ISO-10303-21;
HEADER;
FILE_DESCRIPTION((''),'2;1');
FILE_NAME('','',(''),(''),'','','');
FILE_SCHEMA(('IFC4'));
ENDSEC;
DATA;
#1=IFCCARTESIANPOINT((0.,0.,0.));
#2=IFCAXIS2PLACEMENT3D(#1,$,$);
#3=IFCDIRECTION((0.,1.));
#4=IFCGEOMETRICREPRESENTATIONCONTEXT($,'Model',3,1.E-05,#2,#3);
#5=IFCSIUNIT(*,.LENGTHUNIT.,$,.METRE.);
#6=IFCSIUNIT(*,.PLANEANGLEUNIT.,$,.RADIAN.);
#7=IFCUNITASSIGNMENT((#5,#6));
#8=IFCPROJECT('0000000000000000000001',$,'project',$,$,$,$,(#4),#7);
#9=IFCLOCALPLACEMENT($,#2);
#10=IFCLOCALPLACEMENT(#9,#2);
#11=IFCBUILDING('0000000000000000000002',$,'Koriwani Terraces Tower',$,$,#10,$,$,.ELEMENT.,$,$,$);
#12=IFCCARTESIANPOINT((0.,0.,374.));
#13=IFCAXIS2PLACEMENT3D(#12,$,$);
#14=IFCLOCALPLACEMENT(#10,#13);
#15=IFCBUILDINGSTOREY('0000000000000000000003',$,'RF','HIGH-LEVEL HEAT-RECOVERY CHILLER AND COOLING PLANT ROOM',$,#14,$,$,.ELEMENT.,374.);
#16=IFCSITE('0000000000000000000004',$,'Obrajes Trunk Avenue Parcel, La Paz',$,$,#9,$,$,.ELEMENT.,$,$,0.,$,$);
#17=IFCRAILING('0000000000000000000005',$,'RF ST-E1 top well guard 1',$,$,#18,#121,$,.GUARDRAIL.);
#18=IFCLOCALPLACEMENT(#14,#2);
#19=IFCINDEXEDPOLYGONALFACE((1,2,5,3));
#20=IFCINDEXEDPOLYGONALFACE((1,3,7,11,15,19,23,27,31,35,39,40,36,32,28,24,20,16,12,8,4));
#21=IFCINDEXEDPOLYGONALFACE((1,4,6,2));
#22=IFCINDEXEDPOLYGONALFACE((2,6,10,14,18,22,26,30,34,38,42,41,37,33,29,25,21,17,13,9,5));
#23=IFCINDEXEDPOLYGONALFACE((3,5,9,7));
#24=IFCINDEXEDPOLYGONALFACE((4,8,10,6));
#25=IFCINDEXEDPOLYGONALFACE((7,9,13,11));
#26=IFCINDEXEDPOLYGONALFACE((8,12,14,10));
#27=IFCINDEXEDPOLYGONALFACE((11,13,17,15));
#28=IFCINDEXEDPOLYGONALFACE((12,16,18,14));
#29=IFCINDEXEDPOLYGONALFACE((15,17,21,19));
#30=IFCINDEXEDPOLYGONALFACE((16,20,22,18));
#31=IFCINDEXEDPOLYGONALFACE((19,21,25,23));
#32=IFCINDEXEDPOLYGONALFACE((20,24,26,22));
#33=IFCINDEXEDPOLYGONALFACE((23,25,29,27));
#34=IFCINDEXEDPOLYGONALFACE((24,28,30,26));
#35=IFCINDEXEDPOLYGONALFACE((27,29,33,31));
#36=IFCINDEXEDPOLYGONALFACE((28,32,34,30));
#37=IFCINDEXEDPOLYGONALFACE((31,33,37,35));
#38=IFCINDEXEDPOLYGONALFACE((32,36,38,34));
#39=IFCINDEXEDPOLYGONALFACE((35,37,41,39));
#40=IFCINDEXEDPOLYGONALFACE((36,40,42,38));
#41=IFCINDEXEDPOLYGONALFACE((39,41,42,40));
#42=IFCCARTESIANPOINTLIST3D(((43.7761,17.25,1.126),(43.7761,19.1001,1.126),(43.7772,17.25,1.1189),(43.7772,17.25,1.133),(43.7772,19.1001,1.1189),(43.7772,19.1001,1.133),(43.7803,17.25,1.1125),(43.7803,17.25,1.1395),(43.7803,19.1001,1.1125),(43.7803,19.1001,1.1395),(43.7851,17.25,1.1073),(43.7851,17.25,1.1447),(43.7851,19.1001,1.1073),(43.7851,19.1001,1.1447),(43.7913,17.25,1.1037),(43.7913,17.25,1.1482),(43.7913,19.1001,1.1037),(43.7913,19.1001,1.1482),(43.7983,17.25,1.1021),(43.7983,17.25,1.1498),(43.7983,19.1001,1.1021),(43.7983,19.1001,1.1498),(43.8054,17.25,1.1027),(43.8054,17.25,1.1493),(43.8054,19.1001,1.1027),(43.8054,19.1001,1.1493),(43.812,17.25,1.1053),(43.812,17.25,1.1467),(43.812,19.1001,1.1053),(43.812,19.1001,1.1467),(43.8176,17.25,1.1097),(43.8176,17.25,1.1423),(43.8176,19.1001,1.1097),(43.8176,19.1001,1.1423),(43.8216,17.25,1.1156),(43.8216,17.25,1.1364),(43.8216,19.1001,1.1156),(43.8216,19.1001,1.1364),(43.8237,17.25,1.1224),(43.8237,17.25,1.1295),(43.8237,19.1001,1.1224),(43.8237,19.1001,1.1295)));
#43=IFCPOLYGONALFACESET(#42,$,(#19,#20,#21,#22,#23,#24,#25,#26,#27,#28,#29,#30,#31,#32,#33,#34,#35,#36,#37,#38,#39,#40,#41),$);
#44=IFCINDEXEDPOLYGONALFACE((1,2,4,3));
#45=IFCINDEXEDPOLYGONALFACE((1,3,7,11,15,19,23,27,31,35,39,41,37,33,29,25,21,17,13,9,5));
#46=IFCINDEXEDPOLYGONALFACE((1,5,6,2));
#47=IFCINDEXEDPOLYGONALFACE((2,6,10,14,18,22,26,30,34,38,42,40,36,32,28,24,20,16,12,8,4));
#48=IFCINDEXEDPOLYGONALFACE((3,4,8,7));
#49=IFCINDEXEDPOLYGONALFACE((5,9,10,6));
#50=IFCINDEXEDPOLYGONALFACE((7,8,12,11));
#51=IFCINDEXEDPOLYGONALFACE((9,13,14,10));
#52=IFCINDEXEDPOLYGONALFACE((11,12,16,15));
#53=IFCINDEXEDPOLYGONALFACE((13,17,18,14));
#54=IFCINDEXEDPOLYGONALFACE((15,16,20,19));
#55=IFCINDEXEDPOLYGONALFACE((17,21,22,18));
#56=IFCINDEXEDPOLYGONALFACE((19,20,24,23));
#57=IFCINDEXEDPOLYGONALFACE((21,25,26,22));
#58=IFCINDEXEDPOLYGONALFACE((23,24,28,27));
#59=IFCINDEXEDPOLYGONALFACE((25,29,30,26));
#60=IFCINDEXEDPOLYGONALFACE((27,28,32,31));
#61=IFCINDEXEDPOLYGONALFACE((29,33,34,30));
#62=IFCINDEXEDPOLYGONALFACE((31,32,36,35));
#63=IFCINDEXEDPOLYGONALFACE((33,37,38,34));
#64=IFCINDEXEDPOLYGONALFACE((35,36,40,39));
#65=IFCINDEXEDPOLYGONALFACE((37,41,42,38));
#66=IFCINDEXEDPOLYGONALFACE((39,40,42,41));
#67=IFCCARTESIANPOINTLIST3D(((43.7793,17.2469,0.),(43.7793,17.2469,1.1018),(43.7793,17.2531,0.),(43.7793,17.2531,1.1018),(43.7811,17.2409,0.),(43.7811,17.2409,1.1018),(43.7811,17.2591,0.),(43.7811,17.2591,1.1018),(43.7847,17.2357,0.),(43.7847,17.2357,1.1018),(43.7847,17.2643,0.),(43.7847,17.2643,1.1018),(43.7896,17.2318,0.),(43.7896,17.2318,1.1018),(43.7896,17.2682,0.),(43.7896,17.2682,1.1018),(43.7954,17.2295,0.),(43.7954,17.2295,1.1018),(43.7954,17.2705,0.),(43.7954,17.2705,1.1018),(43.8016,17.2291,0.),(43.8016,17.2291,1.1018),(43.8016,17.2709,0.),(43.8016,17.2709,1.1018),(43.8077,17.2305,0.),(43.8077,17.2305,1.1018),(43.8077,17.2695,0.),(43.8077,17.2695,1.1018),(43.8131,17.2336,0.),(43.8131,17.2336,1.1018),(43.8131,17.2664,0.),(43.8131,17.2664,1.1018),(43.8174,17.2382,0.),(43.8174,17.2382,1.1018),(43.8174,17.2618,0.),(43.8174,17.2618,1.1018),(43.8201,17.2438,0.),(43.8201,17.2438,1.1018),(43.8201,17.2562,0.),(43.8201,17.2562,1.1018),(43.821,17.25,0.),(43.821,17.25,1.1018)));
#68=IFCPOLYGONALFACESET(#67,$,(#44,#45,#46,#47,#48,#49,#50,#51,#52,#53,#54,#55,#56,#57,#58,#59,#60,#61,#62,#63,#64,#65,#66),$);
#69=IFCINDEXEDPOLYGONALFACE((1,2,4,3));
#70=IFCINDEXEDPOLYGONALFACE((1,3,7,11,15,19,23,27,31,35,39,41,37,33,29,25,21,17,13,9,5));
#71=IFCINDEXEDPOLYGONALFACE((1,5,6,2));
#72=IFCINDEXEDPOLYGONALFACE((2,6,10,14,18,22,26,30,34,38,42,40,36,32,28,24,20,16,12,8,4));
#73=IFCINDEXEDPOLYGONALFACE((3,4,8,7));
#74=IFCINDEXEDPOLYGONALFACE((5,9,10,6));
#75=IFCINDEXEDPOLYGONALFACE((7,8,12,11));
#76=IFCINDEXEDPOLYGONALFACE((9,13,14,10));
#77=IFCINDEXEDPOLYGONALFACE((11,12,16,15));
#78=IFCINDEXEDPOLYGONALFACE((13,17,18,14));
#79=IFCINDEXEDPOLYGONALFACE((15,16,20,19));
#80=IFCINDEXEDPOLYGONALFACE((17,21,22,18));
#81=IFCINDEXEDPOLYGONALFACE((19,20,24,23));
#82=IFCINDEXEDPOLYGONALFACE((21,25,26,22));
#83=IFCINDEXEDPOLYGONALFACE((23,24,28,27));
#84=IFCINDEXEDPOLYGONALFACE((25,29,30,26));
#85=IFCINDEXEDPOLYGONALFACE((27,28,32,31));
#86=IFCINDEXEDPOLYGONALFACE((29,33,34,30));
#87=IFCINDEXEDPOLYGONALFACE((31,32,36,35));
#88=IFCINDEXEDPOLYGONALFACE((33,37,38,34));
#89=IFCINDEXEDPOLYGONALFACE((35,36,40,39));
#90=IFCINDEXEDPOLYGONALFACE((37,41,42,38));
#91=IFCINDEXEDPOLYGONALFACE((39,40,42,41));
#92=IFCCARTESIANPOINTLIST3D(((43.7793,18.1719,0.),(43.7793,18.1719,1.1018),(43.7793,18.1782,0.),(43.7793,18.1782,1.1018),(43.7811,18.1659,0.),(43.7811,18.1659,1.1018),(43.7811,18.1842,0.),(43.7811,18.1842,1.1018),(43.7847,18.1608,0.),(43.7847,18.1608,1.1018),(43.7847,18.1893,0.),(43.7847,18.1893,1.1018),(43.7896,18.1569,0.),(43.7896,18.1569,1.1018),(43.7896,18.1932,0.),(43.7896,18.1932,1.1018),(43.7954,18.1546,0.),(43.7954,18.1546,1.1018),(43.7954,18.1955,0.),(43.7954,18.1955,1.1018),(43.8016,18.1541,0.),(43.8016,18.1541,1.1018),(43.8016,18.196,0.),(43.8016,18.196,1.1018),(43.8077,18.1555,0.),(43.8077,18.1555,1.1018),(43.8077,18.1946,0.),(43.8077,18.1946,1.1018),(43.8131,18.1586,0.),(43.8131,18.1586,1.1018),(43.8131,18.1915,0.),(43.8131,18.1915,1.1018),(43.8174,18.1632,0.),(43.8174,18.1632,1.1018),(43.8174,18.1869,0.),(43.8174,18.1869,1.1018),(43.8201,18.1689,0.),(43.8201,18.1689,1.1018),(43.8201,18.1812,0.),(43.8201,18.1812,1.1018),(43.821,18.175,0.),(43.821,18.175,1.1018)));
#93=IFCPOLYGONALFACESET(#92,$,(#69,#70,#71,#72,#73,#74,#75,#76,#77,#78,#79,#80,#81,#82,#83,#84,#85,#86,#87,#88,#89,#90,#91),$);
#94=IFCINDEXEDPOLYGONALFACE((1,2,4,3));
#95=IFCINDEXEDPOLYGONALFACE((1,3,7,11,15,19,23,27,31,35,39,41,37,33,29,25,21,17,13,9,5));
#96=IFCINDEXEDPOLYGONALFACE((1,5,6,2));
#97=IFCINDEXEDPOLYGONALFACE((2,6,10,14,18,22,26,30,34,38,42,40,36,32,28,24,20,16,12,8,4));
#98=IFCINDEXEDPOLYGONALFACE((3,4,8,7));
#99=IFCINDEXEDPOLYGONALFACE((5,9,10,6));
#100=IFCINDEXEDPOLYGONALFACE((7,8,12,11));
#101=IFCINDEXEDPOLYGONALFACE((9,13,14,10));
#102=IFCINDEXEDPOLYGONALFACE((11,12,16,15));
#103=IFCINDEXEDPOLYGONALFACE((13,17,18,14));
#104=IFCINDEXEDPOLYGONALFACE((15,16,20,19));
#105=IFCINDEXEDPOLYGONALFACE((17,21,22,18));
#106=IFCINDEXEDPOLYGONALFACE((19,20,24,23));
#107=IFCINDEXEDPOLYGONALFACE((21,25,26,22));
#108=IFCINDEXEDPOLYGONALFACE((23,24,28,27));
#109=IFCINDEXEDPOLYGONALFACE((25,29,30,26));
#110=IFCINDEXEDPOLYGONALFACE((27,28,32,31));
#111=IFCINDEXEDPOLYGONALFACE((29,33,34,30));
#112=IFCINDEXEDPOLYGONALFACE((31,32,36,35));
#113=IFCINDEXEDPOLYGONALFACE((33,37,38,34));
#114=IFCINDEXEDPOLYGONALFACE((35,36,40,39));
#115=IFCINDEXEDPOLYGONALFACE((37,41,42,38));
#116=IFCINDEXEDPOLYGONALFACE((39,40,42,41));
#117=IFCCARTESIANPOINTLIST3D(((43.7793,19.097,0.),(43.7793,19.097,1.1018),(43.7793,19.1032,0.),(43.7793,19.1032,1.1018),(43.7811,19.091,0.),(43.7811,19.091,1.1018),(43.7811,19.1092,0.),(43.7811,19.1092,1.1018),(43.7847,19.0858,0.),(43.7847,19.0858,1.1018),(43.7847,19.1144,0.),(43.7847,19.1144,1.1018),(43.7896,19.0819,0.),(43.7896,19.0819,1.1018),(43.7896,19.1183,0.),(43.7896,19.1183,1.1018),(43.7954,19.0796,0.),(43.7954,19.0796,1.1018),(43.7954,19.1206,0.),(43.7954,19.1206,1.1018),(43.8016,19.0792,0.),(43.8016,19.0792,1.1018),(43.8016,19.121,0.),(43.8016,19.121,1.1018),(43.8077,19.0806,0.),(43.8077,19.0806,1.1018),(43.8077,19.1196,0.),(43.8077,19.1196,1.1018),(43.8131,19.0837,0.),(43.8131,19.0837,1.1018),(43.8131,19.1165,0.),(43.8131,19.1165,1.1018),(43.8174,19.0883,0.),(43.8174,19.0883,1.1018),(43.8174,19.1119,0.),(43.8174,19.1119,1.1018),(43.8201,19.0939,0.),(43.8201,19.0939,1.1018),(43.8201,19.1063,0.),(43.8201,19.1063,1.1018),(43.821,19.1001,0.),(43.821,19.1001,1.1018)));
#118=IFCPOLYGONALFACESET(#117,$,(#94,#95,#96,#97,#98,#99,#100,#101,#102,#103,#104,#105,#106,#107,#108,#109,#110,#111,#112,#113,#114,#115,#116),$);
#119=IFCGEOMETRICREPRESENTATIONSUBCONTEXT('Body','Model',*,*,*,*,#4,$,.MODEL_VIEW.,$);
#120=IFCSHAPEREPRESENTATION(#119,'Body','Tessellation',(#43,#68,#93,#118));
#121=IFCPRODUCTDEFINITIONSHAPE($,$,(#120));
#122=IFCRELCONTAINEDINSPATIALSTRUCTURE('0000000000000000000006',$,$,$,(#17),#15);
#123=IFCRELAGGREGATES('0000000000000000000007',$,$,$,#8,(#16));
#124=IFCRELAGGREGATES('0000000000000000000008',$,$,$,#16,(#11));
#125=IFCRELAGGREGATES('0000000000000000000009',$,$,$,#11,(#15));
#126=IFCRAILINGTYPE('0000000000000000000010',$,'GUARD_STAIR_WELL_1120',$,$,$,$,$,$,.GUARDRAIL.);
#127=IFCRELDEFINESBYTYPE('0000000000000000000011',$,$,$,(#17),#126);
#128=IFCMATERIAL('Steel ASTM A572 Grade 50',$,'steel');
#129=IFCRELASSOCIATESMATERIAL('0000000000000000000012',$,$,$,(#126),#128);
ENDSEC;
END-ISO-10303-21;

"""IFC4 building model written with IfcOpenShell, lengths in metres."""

from ifc_helpers import new_model, si_unit, direction, frame, origin, origin_2d, place, context, subcontext, project, spatial, circle, extrude, material, type_object, element, save


model = new_model("IFC4")

# Units and contexts
model_context = context("Model", 3, precision=1e-05, world=origin(), true_north=direction((0.0, 1.0)))
body_context = subcontext(model_context, "Body", "Model", "MODEL_VIEW")
ifc_project = project(units=[si_unit("LENGTHUNIT", "METRE"), si_unit("PLANEANGLEUNIT", "RADIAN")], contexts=[model_context])

# Site, building, storey
site_placement = place(None, origin())
site = spatial("IfcSite", under=ifc_project, at=site_placement, Name="Obrajes Trunk Avenue Parcel, La Paz", CompositionType="ELEMENT", RefElevation=0.0)
building_placement = place(site_placement, origin())
building = spatial("IfcBuilding", under=site, at=building_placement, Name="Koriwani Terraces Tower", CompositionType="ELEMENT")
storey_placement = place(building_placement, frame((0.0, 0.0, 374.0)))
storey = spatial("IfcBuildingStorey", under=building, at=storey_placement, Name="RF", Description="HIGH-LEVEL HEAT-RECOVERY CHILLER AND COOLING PLANT ROOM", CompositionType="ELEMENT", Elevation=374.0)

# Shared definitions
ifc_material_1 = material(Name="Steel ASTM A572 Grade 50", Category="steel")

# Railing
railing_type = type_object("IfcRailingType", Name="GUARD_STAIR_WELL_1120", PredefinedType="GUARDRAIL", material=ifc_material_1)
railing_placement = place(storey_placement, frame((43.8, 17.25, 0.0)))
element("IfcRailing", 1, at=railing_placement, inside=storey, type_object=railing_type, Name="RF ST-E1 top well guard 1", PredefinedType="GUARDRAIL", context=body_context, shape_type="SweptSolid", body=[
    extrude(circle(Radius=0.0239, at=origin_2d()), frame((0.0, 0.0, 1.126), z_axis=(0.0, 1.0, 0.0), x_axis=(-1.0, 0.0, 0.0)), (0.0, 0.0, 1.0), 1.8501),
    extrude(circle(Radius=0.021, at=origin_2d()), origin(), (0.0, 0.0, 1.0), 1.1018),
    extrude(circle(Radius=0.021, at=origin_2d()), frame((0.0, 0.925, 0.0)), (0.0, 0.0, 1.0), 1.1018),
    extrude(circle(Radius=0.021, at=origin_2d()), frame((0.0, 1.8501, 0.0)), (0.0, 0.0, 1.0), 1.1018),
])

save(model, "model.ifc")
